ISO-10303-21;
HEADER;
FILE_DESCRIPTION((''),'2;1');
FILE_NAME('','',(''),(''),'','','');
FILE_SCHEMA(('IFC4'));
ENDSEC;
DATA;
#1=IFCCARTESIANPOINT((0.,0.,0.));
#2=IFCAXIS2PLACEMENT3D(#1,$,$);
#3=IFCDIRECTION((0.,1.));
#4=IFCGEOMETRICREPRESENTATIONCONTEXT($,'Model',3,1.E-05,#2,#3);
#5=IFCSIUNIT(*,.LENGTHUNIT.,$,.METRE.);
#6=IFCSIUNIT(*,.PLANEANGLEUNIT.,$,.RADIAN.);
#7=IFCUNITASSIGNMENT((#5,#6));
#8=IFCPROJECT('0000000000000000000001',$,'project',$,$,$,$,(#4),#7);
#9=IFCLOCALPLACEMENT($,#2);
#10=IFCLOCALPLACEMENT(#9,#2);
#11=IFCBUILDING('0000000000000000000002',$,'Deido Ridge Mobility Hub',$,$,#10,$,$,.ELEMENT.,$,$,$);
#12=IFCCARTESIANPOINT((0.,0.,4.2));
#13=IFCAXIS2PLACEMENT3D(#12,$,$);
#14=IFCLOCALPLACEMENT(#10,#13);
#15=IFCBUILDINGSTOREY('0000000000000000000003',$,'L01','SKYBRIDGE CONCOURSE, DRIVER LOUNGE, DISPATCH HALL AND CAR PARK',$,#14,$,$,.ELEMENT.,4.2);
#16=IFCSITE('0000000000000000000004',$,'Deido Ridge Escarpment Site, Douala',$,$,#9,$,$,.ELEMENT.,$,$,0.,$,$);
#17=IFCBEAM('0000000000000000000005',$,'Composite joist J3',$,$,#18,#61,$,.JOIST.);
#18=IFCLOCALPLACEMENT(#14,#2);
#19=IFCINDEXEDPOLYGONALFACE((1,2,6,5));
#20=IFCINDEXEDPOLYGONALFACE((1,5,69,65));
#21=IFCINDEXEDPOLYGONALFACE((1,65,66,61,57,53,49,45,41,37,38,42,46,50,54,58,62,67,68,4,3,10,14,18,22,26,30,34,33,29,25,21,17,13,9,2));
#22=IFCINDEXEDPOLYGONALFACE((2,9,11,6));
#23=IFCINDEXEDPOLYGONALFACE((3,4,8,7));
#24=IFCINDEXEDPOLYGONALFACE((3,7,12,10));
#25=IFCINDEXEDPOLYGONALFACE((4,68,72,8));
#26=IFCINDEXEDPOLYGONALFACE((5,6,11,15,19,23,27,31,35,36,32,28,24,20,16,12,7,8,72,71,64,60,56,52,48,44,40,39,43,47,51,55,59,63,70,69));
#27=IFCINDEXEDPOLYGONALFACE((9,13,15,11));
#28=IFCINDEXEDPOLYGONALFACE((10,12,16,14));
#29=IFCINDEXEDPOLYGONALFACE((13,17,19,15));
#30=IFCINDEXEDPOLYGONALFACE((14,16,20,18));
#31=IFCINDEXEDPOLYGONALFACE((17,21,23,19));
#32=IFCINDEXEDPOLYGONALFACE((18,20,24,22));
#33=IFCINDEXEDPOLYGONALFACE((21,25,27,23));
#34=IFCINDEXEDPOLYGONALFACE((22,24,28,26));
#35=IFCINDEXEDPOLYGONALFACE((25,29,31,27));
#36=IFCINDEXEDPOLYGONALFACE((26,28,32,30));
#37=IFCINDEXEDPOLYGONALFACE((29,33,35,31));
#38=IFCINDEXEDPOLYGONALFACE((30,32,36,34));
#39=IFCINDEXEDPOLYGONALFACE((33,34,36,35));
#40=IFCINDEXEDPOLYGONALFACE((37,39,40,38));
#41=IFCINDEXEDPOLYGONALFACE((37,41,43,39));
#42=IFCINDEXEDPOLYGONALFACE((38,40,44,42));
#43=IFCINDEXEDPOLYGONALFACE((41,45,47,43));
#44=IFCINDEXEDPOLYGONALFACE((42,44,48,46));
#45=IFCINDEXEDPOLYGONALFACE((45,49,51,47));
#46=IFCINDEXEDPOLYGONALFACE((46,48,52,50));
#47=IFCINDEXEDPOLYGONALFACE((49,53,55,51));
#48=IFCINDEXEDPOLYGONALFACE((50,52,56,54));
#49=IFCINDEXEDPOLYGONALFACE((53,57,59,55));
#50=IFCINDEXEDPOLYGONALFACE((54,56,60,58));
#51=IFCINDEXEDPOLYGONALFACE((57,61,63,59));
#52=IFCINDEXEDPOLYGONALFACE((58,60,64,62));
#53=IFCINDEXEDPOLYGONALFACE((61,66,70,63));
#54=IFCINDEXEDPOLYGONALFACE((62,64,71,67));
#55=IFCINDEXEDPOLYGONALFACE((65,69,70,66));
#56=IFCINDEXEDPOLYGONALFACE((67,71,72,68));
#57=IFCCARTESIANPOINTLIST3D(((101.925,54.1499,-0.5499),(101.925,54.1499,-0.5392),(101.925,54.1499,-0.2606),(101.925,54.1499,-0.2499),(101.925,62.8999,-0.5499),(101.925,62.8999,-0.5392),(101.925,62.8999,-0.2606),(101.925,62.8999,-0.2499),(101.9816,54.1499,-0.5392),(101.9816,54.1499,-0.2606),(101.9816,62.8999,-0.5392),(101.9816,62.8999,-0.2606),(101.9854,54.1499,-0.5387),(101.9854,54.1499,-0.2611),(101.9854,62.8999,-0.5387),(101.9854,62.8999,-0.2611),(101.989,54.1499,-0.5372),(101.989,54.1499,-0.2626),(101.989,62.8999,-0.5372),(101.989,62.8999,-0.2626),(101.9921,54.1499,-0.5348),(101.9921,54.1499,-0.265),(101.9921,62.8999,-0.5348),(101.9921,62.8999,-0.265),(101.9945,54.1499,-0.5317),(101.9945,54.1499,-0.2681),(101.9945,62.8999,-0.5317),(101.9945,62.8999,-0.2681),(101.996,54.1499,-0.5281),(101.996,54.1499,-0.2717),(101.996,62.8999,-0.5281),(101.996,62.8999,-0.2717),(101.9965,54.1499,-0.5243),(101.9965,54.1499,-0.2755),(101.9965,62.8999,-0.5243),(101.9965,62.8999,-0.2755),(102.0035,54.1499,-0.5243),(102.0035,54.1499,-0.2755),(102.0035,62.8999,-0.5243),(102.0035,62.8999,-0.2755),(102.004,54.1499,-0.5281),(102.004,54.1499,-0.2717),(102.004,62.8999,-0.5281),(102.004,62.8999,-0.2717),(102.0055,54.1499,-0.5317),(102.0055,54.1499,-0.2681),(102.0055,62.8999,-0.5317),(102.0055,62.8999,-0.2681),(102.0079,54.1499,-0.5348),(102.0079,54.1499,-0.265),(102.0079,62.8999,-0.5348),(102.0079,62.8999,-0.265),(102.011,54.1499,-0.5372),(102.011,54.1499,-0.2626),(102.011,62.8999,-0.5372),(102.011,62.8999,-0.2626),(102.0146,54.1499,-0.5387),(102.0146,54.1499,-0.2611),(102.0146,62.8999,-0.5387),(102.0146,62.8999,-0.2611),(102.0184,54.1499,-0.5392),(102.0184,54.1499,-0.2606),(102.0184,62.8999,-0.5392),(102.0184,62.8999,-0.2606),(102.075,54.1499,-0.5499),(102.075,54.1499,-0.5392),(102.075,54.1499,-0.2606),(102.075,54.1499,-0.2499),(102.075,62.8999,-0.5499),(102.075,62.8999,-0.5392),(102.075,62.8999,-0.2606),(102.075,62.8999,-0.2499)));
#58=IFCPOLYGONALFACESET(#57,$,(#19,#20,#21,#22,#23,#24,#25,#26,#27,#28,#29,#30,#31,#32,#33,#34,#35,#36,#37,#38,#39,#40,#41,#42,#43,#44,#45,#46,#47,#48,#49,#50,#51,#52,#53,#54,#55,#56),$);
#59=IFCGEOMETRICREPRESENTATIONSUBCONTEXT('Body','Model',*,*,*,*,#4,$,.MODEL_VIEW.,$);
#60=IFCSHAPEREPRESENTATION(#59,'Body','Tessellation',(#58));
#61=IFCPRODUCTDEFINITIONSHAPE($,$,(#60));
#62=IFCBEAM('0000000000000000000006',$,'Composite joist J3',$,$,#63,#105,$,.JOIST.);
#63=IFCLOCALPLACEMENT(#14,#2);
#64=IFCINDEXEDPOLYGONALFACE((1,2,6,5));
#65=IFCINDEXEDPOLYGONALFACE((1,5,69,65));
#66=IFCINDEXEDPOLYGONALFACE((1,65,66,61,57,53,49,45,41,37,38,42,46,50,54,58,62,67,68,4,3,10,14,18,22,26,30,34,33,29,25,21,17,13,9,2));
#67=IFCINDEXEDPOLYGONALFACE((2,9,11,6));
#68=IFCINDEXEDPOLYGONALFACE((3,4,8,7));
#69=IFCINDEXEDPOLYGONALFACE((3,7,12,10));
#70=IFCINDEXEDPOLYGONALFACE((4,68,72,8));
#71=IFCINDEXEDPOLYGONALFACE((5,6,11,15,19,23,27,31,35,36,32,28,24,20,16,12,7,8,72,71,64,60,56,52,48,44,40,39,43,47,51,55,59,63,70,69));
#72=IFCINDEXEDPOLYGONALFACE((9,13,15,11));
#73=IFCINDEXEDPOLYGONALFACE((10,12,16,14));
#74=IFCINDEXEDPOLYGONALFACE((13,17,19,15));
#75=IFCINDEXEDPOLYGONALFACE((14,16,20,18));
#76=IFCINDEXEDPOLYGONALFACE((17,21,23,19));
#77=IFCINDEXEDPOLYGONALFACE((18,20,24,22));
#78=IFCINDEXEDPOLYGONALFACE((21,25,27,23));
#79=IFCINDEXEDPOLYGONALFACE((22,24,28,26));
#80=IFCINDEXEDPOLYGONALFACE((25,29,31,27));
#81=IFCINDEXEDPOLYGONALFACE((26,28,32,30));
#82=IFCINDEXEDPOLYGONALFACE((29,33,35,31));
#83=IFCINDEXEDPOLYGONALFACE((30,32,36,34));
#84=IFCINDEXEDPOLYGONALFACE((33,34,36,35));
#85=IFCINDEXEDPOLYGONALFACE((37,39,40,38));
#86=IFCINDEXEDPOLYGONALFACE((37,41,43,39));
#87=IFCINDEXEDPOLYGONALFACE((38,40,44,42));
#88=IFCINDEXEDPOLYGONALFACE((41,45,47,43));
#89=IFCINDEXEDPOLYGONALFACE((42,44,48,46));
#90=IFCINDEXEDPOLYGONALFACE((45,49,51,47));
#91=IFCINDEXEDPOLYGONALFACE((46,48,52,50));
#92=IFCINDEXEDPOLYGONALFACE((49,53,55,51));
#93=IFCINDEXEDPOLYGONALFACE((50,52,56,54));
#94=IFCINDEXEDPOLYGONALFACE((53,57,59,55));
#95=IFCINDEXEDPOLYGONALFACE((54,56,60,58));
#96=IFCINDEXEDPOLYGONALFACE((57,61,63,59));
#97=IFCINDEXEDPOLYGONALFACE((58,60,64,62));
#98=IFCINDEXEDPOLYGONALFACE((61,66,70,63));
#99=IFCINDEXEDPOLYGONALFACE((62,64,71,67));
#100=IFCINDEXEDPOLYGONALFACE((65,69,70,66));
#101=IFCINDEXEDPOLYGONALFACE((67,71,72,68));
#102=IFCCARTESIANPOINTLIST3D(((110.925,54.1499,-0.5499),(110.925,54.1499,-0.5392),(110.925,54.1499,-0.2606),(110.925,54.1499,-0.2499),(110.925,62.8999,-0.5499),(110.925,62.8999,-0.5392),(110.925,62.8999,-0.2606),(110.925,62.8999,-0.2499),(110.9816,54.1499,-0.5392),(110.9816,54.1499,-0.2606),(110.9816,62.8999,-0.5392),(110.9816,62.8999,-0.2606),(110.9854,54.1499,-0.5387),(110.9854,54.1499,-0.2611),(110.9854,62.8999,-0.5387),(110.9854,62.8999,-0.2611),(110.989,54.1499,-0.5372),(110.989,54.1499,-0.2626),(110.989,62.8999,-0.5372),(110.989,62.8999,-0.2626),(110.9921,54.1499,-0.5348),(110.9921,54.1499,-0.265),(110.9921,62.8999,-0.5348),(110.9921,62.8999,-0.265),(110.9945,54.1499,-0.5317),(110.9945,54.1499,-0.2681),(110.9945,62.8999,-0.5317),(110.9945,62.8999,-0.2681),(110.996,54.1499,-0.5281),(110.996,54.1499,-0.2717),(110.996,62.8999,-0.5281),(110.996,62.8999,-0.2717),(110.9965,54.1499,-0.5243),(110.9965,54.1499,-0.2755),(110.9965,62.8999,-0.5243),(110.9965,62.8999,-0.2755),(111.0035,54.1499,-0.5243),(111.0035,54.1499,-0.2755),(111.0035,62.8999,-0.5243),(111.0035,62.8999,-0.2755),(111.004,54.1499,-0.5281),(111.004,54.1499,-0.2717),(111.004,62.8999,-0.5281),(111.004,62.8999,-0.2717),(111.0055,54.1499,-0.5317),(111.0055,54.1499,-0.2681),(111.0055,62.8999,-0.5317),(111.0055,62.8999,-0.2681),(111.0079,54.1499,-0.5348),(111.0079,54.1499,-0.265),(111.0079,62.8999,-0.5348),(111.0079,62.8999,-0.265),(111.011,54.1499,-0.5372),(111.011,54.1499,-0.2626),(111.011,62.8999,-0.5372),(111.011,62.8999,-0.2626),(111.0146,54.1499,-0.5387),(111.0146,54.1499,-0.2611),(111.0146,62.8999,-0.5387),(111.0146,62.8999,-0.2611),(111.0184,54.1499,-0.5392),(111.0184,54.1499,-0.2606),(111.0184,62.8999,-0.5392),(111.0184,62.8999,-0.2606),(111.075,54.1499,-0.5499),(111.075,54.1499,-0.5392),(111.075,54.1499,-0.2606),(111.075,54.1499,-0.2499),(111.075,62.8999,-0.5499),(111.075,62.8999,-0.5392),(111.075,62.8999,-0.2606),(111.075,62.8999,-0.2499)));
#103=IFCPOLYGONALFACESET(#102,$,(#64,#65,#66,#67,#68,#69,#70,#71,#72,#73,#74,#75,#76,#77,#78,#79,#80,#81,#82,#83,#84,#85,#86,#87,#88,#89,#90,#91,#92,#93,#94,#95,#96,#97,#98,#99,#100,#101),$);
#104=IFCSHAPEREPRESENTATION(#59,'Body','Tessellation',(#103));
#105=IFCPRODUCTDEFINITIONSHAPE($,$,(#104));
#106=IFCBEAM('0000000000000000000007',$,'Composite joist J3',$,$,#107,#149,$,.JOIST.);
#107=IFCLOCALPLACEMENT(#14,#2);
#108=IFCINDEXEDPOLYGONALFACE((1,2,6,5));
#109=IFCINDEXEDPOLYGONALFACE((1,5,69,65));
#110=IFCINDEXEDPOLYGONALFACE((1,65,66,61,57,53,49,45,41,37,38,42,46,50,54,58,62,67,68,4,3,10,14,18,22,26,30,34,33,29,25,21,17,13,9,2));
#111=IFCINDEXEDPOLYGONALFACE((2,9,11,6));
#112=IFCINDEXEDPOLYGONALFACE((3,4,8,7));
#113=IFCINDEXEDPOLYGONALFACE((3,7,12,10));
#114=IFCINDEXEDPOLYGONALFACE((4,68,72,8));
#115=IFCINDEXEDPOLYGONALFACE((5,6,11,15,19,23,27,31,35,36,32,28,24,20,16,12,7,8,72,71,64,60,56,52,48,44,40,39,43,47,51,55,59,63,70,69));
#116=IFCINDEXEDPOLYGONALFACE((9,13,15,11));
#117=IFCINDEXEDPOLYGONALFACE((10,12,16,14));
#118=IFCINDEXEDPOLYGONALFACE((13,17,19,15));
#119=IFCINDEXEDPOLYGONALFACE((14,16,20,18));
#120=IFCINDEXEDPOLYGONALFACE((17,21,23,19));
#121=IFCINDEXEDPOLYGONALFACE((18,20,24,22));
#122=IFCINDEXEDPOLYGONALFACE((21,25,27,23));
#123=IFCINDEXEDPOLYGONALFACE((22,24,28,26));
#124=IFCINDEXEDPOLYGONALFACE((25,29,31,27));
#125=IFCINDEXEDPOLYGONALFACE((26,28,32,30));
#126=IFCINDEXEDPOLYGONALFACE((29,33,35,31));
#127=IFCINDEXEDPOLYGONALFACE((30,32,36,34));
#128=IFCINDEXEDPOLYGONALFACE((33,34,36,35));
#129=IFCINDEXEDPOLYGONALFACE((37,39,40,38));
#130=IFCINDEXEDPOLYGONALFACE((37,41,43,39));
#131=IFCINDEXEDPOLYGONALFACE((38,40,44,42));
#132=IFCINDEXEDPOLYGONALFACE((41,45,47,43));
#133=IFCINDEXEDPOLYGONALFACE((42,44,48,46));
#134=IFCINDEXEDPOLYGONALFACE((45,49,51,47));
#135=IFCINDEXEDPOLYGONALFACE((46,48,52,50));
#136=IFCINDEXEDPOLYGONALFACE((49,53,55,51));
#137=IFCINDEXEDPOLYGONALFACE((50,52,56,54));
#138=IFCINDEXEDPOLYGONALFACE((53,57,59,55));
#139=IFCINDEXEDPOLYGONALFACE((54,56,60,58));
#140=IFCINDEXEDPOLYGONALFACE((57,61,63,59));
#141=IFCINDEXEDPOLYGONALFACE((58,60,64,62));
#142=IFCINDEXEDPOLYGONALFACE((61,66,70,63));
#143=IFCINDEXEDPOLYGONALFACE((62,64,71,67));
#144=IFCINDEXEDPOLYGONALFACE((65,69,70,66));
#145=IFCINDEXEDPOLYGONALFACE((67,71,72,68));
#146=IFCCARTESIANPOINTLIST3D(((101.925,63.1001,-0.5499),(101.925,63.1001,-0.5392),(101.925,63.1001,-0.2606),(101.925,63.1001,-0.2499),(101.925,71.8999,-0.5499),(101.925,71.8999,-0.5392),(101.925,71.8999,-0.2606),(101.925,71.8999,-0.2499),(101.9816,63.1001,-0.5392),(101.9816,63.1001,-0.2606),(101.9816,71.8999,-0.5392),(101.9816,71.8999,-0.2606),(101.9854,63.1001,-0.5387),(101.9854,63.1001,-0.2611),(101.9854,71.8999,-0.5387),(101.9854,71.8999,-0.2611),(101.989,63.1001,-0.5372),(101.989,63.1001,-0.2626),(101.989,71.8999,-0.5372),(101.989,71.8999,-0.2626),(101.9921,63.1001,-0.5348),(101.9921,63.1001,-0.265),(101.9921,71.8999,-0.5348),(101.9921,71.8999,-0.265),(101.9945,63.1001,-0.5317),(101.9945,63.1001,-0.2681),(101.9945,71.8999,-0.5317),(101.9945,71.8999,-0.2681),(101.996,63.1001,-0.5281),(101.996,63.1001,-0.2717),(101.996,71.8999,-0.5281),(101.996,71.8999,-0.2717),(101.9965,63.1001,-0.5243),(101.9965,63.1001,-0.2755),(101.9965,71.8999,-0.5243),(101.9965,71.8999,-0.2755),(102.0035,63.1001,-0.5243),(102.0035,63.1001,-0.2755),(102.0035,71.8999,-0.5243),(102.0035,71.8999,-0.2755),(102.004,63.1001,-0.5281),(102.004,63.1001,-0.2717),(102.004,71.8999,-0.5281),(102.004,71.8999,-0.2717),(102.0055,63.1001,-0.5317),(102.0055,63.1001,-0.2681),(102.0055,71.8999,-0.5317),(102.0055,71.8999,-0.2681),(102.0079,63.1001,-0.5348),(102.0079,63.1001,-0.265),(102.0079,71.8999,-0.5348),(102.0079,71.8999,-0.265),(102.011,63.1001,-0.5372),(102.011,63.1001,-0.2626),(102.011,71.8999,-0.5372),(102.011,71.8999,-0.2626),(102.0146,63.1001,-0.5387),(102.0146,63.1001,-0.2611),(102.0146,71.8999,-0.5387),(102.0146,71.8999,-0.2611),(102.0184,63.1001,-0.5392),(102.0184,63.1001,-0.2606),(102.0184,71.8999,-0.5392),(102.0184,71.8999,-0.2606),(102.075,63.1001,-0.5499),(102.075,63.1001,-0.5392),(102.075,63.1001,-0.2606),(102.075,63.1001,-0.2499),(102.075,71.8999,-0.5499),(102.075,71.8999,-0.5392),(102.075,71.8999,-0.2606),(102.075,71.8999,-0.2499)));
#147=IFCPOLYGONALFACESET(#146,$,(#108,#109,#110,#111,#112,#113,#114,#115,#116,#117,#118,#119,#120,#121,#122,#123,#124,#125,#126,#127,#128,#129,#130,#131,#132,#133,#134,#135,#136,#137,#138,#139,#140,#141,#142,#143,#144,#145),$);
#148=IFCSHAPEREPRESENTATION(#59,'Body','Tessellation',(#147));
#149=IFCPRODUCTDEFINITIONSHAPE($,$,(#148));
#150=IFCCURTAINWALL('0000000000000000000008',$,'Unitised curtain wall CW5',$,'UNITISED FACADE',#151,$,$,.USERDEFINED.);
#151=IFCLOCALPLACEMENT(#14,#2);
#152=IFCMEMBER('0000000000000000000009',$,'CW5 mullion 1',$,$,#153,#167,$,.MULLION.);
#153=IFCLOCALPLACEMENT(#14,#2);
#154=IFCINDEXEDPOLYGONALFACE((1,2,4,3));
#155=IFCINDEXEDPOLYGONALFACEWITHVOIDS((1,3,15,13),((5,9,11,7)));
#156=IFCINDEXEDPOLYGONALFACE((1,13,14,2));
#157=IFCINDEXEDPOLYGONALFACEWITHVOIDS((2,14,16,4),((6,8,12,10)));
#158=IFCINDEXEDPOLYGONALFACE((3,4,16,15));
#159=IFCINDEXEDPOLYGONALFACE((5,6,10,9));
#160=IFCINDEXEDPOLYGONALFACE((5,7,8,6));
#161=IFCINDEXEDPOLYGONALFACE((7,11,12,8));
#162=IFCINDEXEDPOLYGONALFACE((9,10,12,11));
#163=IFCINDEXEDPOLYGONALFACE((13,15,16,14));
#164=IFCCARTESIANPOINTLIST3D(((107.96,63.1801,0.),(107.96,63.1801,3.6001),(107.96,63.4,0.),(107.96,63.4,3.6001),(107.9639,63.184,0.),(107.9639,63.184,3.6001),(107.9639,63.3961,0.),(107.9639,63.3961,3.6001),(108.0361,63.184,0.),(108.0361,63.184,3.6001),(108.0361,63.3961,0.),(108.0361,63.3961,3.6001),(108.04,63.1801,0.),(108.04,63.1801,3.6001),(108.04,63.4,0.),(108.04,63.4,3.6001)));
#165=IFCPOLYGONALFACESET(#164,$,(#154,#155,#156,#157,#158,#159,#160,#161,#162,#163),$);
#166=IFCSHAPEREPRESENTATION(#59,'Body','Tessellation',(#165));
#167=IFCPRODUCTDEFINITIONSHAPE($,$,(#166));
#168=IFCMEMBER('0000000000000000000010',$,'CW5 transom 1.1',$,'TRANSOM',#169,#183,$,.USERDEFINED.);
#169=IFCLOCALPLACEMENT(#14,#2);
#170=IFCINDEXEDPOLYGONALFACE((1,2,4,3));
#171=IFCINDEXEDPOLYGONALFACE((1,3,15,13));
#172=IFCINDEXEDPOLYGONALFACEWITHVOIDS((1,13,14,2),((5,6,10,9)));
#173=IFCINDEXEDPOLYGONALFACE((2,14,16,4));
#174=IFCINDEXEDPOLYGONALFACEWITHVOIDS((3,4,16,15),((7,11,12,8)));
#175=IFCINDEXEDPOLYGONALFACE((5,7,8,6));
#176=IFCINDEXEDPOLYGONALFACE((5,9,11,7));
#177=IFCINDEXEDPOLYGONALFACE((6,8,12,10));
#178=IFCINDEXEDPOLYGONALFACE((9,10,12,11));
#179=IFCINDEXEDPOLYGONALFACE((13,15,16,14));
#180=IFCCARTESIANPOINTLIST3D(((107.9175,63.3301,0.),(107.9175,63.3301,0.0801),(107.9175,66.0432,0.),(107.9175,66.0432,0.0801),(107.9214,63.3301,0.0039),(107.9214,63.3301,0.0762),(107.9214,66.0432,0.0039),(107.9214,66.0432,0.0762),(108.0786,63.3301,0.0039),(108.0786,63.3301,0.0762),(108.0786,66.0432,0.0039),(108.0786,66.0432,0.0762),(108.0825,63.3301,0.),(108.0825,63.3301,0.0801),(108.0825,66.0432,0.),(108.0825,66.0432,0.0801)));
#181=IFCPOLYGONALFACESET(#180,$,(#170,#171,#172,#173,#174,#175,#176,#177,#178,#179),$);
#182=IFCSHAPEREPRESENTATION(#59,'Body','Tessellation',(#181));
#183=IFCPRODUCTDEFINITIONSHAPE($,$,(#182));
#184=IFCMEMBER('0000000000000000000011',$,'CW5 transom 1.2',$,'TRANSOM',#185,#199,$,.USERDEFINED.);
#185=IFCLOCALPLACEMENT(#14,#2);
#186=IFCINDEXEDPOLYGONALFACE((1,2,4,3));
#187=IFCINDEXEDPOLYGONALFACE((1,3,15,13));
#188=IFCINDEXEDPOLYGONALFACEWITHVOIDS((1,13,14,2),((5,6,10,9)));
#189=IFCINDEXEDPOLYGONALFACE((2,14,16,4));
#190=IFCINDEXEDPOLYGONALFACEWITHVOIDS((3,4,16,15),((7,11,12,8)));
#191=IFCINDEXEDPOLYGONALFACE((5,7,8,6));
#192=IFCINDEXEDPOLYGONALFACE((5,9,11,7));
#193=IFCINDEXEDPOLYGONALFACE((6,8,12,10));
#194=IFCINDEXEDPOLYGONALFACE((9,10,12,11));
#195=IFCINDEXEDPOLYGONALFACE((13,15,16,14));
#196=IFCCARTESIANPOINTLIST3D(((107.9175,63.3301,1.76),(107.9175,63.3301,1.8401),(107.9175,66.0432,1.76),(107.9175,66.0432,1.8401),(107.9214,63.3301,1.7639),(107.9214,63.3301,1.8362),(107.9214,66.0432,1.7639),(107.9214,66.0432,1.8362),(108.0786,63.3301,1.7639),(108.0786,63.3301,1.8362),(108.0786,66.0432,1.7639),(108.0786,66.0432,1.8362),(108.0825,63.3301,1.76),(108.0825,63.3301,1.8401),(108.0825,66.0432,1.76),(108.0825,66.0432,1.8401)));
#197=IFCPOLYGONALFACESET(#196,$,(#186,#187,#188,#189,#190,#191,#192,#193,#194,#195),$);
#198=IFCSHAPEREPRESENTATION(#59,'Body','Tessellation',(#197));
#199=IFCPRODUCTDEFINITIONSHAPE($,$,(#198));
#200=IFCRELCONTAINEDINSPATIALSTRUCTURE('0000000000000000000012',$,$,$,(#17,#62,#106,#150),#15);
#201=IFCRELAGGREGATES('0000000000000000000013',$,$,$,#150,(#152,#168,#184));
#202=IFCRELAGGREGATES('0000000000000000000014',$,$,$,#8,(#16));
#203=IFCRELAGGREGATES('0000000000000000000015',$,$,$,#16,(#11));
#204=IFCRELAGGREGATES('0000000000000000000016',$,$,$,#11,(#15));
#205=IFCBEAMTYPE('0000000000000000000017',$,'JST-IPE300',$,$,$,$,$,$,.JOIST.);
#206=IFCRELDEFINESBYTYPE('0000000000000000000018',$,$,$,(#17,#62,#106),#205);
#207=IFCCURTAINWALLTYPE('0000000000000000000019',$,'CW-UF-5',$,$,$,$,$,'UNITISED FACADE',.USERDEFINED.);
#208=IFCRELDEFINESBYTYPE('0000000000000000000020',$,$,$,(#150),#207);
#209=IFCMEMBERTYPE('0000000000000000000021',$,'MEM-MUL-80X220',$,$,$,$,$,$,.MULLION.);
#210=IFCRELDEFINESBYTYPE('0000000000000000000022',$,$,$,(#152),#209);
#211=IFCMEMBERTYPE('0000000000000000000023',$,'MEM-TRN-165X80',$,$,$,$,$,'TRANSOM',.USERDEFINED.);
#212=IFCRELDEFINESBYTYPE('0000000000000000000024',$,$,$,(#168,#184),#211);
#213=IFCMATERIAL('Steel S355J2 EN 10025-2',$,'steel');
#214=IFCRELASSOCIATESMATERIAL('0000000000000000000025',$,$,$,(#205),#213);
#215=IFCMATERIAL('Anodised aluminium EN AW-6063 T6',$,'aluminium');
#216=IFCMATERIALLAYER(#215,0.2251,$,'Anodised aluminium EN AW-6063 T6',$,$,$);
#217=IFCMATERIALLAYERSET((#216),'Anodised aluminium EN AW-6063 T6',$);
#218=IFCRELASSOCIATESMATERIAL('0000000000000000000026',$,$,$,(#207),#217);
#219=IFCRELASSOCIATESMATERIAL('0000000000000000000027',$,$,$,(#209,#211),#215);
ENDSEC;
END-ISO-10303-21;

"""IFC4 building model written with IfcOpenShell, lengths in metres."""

from ifc_helpers import new_model, si_unit, direction, frame, origin, origin_2d, place, context, subcontext, project, spatial, hollow_rectangle, i_section, extrude, material, layer, layer_set, material_profile, profile_set, type_object, element, aggregate, save


model = new_model("IFC4")

# Units and contexts
model_context = context("Model", 3, precision=1e-05, world=origin(), true_north=direction((0.0, 1.0)))
body_context = subcontext(model_context, "Body", "Model", "MODEL_VIEW")
ifc_project = project(units=[si_unit("LENGTHUNIT", "METRE"), si_unit("PLANEANGLEUNIT", "RADIAN")], contexts=[model_context])

# Site, building, storey
site_placement = place(None, origin())
site = spatial("IfcSite", under=ifc_project, at=site_placement, Name="Deido Ridge Escarpment Site, Douala", CompositionType="ELEMENT", RefElevation=0.0)
building_placement = place(site_placement, origin())
building = spatial("IfcBuilding", under=site, at=building_placement, Name="Deido Ridge Mobility Hub", CompositionType="ELEMENT")
storey_placement = place(building_placement, frame((0.0, 0.0, 4.2)))
storey = spatial("IfcBuildingStorey", under=building, at=storey_placement, Name="L01", Description="SKYBRIDGE CONCOURSE, DRIVER LOUNGE, DISPATCH HALL AND CAR PARK", CompositionType="ELEMENT", Elevation=4.2)

# Shared definitions
ifc_material_1 = material(Name="Steel S355J2 EN 10025-2", Category="steel")

# Beams
ifc_material_profile_1 = material_profile(ifc_material_1, i_section(OverallWidth=0.1499, OverallDepth=0.3, WebThickness=0.0071, FlangeThickness=0.0107, FilletRadius=0.0149, at=origin_2d()), Name="IPE 300")
ifc_profile_set_1 = profile_set([ifc_material_profile_1], Name="Steel S355J2 EN 10025-2")
beam_type_1 = type_object("IfcBeamType", Name="JST-IPE300", PredefinedType="JOIST", material=ifc_profile_set_1)
for number, where, z_axis, x_axis, name in (
    (1, (102.0, 54.1499, -0.3999), (0.0, 1.0, 0.0), (-1.0, 0.0, 0.0), "Composite joist J3"),
    (2, (111.0, 54.1499, -0.3999), (0.0, 1.0, 0.0), (-1.0, 0.0, 0.0), "Composite joist J3"),
):
    element("IfcBeam", number, at=place(storey_placement, frame(where, z_axis=z_axis, x_axis=x_axis)), inside=storey, type_object=beam_type_1, Name=name, PredefinedType="JOIST", context=body_context, shape_type="SweptSolid", body=[
        extrude(i_section(OverallWidth=0.1499, OverallDepth=0.3, WebThickness=0.0071, FlangeThickness=0.0107, FilletRadius=0.0149, at=origin_2d()), origin(), (0.0, 0.0, 1.0), 8.75),
    ])
beam_1_placement = place(storey_placement, frame((102.0, 63.1001, -0.3999), z_axis=(0.0, 1.0, 0.0), x_axis=(-1.0, 0.0, 0.0)))
element("IfcBeam", 3, at=beam_1_placement, inside=storey, type_object=beam_type_1, Name="Composite joist J3", PredefinedType="JOIST", context=body_context, shape_type="SweptSolid", body=[
    extrude(i_section(OverallWidth=0.1499, OverallDepth=0.3, WebThickness=0.0071, FlangeThickness=0.0107, FilletRadius=0.0149, at=origin_2d()), origin(), (0.0, 0.0, 1.0), 8.7998),
])

# Curtain wall, members
ifc_material_2 = material(Name="Anodised aluminium EN AW-6063 T6", Category="aluminium")
ifc_layer_1 = layer(ifc_material_2, 0.2251, Name="Anodised aluminium EN AW-6063 T6")
ifc_layer_set_1 = layer_set([ifc_layer_1], Name="Anodised aluminium EN AW-6063 T6")
curtain_wall_type = type_object("IfcCurtainWallType", Name="CW-UF-5", ElementType="UNITISED FACADE", PredefinedType="USERDEFINED", material=ifc_layer_set_1)
curtain_wall_placement = place(storey_placement, origin())
curtain_wall = element("IfcCurtainWall", 4, at=curtain_wall_placement, inside=storey, type_object=curtain_wall_type, Name="Unitised curtain wall CW5", ObjectType="UNITISED FACADE", PredefinedType="USERDEFINED")
ifc_material_profile_2 = material_profile(ifc_material_2, hollow_rectangle(XDim=0.0801, YDim=0.22, WallThickness=0.0039, at=origin_2d()), Name="RHS 80x220x4")
ifc_profile_set_2 = profile_set([ifc_material_profile_2], Name="Anodised aluminium EN AW-6063 T6")
member_type_1 = type_object("IfcMemberType", Name="MEM-MUL-80X220", PredefinedType="MULLION", material=ifc_profile_set_2)
member_1_placement = place(storey_placement, frame((108.0, 63.29, 0.0), z_axis=(0.0, 0.0, 1.0), x_axis=(-1.0, 0.0, 0.0)))
member_1 = element("IfcMember", 5, at=member_1_placement, type_object=member_type_1, Name="CW5 mullion 1", PredefinedType="MULLION", context=body_context, shape_type="SweptSolid", body=[
    extrude(hollow_rectangle(XDim=0.0801, YDim=0.22, WallThickness=0.0039, at=origin_2d()), origin(), (0.0, 0.0, 1.0), 3.6001),
])
ifc_material_profile_3 = material_profile(ifc_material_2, hollow_rectangle(XDim=0.165, YDim=0.0801, WallThickness=0.0039, at=origin_2d()), Name="RHS 165x80x4")
ifc_profile_set_3 = profile_set([ifc_material_profile_3], Name="Anodised aluminium EN AW-6063 T6")
member_type_2 = type_object("IfcMemberType", Name="MEM-TRN-165X80", ElementType="TRANSOM", PredefinedType="USERDEFINED", material=ifc_profile_set_3)
member_2_placement = place(storey_placement, frame((108.0, 63.3301, 0.04), z_axis=(0.0, 1.0, 0.0), x_axis=(-1.0, 0.0, 0.0)))
member_2 = element("IfcMember", 6, at=member_2_placement, type_object=member_type_2, Name="CW5 transom 1.1", ObjectType="TRANSOM", PredefinedType="USERDEFINED", context=body_context, shape_type="SweptSolid", body=[
    extrude(hollow_rectangle(XDim=0.165, YDim=0.0801, WallThickness=0.0039, at=origin_2d()), origin(), (0.0, 0.0, 1.0), 2.7131),
])
member_3_placement = place(storey_placement, frame((108.0, 63.3301, 1.8), z_axis=(0.0, 1.0, 0.0), x_axis=(-1.0, 0.0, 0.0)))
member_3 = element("IfcMember", 7, at=member_3_placement, type_object=member_type_2, Name="CW5 transom 1.2", ObjectType="TRANSOM", PredefinedType="USERDEFINED", context=body_context, shape_type="SweptSolid", body=[
    extrude(hollow_rectangle(XDim=0.165, YDim=0.0801, WallThickness=0.0039, at=origin_2d()), origin(), (0.0, 0.0, 1.0), 2.7131),
])
aggregate(curtain_wall, [member_1, member_2, member_3])

save(model, "model.ifc")
